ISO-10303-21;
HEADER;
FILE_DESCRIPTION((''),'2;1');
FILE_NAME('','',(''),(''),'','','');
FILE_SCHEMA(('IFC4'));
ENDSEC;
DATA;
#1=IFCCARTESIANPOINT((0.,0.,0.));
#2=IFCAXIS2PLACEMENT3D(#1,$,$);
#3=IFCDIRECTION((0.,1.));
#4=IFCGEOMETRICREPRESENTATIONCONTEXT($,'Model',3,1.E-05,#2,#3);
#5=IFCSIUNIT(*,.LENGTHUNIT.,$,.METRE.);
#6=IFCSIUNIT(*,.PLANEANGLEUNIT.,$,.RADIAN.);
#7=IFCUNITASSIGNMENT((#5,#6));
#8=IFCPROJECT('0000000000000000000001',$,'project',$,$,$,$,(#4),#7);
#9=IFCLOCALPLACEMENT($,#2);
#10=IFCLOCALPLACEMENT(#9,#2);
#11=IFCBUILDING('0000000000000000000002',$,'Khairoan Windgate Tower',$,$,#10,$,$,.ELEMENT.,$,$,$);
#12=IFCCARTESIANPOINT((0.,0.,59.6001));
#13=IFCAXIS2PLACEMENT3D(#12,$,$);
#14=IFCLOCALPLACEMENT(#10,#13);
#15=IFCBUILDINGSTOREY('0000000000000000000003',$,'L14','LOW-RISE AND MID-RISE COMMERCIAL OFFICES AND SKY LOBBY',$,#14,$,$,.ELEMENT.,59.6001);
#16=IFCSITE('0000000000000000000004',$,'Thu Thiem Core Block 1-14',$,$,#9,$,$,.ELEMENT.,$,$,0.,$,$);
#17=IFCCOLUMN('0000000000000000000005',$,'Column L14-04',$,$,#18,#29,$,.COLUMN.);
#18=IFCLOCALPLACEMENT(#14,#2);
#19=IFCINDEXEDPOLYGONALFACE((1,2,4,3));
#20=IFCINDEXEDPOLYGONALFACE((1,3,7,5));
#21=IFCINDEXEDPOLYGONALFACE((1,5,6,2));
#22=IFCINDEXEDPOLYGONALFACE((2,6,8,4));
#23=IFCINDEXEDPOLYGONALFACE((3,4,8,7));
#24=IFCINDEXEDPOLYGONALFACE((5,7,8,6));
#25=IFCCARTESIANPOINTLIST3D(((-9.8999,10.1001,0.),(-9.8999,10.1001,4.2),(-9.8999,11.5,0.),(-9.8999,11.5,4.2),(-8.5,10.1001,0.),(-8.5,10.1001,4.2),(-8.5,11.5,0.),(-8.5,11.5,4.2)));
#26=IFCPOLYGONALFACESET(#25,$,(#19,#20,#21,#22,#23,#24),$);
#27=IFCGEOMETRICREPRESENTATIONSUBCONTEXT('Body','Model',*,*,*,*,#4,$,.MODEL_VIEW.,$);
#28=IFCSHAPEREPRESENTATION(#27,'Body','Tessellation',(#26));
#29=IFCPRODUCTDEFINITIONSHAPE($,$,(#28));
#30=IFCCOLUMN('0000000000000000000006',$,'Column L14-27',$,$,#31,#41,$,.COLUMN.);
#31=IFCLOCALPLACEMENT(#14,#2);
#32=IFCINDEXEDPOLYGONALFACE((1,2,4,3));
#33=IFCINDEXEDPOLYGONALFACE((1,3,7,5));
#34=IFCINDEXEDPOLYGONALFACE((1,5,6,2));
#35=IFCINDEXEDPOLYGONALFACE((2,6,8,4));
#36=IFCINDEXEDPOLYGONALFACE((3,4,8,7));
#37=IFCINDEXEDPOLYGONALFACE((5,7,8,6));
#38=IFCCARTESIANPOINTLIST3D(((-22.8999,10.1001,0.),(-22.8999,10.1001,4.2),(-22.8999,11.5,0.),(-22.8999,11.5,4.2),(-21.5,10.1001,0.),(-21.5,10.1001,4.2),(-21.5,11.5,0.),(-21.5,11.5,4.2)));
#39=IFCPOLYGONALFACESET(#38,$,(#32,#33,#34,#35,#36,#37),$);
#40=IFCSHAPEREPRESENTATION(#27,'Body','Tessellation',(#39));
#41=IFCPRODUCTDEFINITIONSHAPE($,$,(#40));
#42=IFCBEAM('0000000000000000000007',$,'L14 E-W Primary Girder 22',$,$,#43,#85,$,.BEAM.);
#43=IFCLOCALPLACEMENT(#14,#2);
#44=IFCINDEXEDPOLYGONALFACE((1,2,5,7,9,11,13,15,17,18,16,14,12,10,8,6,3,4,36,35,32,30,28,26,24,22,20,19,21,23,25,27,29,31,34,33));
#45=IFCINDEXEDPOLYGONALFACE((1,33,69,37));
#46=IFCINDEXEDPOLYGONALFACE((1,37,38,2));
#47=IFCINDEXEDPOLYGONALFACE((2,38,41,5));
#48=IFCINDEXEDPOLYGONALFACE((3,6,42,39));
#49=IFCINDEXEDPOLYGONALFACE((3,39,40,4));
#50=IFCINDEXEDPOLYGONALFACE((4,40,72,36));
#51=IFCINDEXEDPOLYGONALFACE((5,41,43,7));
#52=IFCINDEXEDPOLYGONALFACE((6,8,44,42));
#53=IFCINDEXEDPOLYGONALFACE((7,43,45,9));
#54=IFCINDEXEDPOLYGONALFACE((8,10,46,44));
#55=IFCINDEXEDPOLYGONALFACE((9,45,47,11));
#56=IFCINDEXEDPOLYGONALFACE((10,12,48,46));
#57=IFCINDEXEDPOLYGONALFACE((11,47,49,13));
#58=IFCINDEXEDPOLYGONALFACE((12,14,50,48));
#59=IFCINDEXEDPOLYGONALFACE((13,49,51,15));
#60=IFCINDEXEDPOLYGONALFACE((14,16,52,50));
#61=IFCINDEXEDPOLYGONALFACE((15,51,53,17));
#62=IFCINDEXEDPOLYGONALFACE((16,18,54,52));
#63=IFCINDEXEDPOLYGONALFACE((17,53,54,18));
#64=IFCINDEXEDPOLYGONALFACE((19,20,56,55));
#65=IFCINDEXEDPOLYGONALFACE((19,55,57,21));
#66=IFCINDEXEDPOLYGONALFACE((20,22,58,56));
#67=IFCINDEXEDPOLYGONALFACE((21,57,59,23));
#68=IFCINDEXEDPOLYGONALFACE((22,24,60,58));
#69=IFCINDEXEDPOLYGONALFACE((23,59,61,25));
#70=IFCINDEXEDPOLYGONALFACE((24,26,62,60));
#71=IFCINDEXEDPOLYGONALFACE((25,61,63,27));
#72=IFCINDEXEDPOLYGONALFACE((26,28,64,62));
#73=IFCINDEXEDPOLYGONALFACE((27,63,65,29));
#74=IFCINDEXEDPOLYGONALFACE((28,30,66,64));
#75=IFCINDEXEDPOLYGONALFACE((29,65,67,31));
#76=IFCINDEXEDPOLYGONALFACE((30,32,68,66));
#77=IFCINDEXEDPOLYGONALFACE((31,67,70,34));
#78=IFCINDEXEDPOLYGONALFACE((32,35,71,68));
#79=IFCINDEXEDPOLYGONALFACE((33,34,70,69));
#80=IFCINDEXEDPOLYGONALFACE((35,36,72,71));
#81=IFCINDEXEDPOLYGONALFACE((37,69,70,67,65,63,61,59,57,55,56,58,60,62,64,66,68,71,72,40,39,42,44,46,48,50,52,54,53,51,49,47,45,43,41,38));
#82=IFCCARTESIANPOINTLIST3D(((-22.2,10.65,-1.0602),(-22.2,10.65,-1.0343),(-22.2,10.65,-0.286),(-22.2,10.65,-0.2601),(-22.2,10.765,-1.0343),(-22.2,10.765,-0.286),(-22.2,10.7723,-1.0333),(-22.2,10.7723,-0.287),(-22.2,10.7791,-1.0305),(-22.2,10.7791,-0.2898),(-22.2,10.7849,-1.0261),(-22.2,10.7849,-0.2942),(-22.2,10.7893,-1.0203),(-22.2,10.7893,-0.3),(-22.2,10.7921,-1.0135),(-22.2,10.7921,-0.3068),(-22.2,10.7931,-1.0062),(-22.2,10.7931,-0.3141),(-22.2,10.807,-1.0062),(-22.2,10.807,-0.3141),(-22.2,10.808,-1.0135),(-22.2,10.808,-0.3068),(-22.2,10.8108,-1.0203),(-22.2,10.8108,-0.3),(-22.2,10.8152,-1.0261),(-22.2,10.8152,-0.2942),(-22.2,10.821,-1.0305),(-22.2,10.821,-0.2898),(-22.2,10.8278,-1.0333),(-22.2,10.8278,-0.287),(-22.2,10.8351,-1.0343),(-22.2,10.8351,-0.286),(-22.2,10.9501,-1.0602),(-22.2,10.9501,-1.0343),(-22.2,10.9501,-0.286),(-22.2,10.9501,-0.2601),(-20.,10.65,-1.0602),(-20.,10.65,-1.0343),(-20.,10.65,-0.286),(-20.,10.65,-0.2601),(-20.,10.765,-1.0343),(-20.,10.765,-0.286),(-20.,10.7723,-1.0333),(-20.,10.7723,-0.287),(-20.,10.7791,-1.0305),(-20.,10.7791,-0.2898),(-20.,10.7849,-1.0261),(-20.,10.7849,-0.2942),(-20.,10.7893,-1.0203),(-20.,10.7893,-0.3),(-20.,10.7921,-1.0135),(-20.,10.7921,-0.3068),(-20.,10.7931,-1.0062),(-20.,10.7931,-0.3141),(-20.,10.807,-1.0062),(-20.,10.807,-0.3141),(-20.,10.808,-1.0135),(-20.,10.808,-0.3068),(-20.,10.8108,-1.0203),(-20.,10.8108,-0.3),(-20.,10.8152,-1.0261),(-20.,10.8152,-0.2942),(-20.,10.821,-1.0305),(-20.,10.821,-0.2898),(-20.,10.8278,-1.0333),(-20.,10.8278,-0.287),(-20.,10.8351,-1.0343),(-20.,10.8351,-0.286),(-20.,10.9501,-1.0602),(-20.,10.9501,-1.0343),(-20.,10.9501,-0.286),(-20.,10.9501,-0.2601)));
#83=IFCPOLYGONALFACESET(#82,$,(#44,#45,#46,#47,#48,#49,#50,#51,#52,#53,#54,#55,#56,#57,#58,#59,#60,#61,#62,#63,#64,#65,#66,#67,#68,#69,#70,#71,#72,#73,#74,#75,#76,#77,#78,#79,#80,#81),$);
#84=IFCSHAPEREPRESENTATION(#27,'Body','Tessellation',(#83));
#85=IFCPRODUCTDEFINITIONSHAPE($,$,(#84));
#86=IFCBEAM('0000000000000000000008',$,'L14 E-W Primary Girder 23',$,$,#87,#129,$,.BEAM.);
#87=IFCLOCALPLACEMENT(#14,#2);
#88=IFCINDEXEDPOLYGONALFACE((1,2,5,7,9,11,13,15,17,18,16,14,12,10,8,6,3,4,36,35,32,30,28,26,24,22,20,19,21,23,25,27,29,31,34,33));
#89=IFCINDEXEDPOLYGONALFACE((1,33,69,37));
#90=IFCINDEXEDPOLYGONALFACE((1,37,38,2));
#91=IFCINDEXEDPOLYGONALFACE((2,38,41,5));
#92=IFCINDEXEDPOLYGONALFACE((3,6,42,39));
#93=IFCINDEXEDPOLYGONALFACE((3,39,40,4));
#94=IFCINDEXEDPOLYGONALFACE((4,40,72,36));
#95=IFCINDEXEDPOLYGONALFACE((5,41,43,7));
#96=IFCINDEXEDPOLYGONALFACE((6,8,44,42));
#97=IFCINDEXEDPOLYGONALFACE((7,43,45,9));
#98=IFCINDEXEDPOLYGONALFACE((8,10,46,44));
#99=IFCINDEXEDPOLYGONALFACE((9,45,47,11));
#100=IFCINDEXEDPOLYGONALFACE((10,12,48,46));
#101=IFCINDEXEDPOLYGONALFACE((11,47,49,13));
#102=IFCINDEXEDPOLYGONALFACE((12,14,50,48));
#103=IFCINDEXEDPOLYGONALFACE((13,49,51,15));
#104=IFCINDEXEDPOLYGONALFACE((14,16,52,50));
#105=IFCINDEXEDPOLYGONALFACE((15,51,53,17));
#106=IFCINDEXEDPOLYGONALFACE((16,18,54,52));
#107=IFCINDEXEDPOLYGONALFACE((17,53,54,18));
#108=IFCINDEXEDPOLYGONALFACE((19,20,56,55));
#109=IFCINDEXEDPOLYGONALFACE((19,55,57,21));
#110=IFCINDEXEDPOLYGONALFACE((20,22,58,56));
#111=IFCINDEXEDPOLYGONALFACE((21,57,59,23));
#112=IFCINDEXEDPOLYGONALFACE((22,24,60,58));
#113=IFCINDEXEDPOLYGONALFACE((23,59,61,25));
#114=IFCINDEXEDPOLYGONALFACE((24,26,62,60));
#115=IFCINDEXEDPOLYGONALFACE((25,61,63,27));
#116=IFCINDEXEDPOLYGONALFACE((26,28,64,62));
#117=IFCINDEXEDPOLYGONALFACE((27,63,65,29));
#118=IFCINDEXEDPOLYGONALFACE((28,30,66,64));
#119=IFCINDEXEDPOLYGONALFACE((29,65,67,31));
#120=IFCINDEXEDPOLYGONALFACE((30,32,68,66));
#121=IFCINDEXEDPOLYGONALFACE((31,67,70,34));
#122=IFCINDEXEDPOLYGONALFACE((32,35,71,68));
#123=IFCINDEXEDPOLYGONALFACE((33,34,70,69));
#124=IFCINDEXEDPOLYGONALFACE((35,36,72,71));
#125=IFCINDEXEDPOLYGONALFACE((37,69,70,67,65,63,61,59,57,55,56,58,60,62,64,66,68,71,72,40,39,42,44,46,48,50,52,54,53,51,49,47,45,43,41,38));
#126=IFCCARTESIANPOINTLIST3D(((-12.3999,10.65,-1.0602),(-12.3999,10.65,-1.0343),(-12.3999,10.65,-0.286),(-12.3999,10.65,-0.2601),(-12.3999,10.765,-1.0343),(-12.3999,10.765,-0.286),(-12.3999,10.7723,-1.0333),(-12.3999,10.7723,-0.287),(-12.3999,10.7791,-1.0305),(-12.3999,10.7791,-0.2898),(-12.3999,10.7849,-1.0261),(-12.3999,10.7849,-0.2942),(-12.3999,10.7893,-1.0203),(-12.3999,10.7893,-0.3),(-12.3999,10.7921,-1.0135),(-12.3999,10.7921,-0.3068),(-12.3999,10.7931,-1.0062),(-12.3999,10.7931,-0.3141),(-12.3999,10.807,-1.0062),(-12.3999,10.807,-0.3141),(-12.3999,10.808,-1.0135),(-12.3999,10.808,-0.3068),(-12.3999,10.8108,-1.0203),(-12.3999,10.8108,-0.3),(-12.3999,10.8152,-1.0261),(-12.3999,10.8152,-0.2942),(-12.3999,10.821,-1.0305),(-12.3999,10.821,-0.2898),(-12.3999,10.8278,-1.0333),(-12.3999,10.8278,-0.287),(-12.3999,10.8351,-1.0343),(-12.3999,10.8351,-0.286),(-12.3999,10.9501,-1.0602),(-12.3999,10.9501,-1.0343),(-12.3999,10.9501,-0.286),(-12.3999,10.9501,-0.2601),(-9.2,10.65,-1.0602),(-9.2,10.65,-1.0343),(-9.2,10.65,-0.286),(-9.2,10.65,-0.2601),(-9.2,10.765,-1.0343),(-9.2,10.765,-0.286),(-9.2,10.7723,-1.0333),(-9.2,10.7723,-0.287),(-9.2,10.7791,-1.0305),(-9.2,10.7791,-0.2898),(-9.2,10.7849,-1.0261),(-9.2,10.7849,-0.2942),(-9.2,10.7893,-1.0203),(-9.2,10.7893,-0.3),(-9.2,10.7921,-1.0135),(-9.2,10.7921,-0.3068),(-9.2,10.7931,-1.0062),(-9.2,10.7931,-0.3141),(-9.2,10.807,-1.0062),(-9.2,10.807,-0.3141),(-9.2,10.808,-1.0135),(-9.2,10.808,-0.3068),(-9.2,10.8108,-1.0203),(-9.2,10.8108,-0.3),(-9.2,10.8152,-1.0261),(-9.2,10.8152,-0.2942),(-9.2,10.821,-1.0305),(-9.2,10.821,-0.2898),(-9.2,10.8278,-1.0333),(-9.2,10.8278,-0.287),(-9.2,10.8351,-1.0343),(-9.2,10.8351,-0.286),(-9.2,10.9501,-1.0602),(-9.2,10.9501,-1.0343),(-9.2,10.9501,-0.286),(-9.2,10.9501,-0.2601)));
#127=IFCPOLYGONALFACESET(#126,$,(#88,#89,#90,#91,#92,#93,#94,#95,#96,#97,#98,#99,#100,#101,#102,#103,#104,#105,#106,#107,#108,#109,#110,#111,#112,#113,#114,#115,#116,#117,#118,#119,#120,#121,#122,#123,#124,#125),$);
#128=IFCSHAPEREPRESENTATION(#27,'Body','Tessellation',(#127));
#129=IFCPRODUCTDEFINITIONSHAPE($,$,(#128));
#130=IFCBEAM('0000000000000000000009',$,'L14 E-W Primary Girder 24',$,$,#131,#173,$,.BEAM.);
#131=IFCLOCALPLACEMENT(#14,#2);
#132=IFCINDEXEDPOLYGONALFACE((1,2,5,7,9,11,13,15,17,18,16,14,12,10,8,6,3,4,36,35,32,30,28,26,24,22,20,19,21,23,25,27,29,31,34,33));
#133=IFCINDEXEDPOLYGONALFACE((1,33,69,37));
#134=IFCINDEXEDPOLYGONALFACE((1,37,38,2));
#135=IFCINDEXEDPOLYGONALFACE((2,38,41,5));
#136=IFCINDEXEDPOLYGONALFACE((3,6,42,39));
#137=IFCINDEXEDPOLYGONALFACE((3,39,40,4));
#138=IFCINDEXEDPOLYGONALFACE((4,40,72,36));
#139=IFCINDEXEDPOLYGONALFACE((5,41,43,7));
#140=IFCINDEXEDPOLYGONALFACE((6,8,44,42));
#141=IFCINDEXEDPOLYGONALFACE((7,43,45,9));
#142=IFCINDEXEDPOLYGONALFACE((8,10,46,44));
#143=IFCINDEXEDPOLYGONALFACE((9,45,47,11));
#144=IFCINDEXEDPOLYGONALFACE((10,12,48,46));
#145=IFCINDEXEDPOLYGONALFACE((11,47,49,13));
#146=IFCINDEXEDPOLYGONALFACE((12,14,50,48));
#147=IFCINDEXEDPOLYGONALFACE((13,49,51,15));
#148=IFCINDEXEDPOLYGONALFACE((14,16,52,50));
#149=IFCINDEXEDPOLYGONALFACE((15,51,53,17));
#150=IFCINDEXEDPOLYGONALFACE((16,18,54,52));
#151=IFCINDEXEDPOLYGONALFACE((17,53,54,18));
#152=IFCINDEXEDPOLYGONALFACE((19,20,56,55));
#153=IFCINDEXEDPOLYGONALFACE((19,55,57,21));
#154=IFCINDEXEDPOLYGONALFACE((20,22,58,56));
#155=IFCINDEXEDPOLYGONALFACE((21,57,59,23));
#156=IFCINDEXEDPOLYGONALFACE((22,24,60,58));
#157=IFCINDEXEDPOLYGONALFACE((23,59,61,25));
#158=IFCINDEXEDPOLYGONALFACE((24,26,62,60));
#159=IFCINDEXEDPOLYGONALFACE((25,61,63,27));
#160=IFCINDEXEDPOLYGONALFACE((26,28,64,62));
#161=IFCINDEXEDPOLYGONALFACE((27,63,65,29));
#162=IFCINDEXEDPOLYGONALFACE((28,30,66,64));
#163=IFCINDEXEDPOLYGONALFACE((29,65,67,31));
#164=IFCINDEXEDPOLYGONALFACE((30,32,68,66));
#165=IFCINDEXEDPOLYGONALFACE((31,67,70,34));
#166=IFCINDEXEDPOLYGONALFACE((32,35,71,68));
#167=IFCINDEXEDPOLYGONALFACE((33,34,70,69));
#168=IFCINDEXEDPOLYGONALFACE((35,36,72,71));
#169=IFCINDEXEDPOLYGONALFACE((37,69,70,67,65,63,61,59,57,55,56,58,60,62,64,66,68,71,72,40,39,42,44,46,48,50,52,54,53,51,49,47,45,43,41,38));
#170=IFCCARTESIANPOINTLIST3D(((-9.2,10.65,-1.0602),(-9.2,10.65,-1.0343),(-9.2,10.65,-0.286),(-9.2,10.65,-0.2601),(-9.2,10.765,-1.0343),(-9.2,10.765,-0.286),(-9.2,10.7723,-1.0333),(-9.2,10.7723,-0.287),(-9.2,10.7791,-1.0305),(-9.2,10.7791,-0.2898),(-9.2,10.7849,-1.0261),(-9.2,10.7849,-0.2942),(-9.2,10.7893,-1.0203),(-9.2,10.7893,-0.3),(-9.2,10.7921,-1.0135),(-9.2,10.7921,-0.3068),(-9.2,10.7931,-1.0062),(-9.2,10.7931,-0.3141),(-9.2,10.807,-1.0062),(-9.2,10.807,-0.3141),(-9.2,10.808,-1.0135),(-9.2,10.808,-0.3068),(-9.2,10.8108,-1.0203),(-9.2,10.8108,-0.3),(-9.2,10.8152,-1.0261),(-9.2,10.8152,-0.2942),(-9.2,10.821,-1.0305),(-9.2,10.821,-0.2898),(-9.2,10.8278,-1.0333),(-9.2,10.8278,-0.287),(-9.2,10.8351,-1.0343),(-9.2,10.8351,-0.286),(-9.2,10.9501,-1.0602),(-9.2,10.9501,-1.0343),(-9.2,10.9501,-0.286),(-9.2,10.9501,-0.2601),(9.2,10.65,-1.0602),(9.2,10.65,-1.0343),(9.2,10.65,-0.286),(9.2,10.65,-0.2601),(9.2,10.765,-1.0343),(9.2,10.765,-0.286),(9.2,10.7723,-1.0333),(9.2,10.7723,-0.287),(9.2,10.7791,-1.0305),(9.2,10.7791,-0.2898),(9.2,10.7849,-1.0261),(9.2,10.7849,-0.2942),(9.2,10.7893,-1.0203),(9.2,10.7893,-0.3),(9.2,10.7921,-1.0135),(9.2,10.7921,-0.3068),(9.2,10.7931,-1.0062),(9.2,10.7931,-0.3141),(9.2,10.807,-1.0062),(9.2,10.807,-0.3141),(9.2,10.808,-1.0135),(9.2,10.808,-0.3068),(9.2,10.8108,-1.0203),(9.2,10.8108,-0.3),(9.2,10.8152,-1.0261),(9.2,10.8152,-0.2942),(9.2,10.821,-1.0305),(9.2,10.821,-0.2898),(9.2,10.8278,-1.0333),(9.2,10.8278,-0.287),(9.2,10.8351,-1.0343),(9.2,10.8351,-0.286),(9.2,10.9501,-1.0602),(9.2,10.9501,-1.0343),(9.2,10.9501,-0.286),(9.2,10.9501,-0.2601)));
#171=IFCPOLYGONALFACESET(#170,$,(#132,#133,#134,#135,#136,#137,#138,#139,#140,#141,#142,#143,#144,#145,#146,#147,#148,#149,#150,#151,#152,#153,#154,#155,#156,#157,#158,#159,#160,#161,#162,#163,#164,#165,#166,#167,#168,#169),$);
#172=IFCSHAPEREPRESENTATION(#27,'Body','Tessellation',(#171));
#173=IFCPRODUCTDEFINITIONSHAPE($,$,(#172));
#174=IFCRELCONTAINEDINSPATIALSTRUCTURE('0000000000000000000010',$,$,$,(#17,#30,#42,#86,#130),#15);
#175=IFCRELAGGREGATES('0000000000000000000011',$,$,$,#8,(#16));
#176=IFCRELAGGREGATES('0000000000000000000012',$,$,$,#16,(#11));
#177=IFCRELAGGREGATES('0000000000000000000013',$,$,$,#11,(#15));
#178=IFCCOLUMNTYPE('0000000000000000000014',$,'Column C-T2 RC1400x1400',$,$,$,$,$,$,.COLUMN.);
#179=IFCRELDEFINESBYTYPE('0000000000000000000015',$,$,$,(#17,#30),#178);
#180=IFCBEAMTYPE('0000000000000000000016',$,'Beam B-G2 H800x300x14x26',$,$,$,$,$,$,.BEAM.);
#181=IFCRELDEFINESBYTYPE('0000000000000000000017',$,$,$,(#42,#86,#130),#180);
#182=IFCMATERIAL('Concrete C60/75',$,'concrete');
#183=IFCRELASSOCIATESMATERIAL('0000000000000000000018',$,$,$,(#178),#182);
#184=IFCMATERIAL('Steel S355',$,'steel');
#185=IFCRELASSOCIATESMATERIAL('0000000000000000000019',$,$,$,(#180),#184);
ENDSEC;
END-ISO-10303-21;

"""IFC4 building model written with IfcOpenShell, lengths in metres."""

from ifc_helpers import new_model, si_unit, direction, frame, origin, origin_2d, place, context, subcontext, project, spatial, rectangle, i_section, extrude, material, material_profile, profile_set, type_object, element, save


model = new_model("IFC4")

# Units and contexts
model_context = context("Model", 3, precision=1e-05, world=origin(), true_north=direction((0.0, 1.0)))
body_context = subcontext(model_context, "Body", "Model", "MODEL_VIEW")
ifc_project = project(units=[si_unit("LENGTHUNIT", "METRE"), si_unit("PLANEANGLEUNIT", "RADIAN")], contexts=[model_context])

# Site, building, storey
site_placement = place(None, origin())
site = spatial("IfcSite", under=ifc_project, at=site_placement, Name="Thu Thiem Core Block 1-14", CompositionType="ELEMENT", RefElevation=0.0)
building_placement = place(site_placement, origin())
building = spatial("IfcBuilding", under=site, at=building_placement, Name="Khairoan Windgate Tower", CompositionType="ELEMENT")
storey_placement = place(building_placement, frame((0.0, 0.0, 59.6001)))
storey = spatial("IfcBuildingStorey", under=building, at=storey_placement, Name="L14", Description="LOW-RISE AND MID-RISE COMMERCIAL OFFICES AND SKY LOBBY", CompositionType="ELEMENT", Elevation=59.6001)

# Columns
ifc_material_1 = material(Name="Concrete C60/75", Category="concrete")
ifc_material_profile_1 = material_profile(ifc_material_1, rectangle(XDim=1.3999, YDim=1.3999, at=origin_2d()))
ifc_profile_set_1 = profile_set([ifc_material_profile_1], Name="Concrete C60/75")
column_type = type_object("IfcColumnType", Name="Column C-T2 RC1400x1400", PredefinedType="COLUMN", material=ifc_profile_set_1)
for number, where, z_axis, x_axis, name in (
    (1, (-9.2, 10.8, 0.0), (0.0, 0.0, 1.0), (1.0, 0.0, 0.0), "Column L14-04"),
    (2, (-22.2, 10.8, 0.0), (0.0, 0.0, 1.0), (1.0, 0.0, 0.0), "Column L14-27"),
):
    element("IfcColumn", number, at=place(storey_placement, frame(where, z_axis=z_axis, x_axis=x_axis)), inside=storey, type_object=column_type, Name=name, PredefinedType="COLUMN", context=body_context, shape_type="SweptSolid", body=[
        extrude(rectangle(XDim=1.3999, YDim=1.3999, at=origin_2d()), origin(), (0.0, 0.0, 1.0), 4.2),
    ])

# Beams
ifc_material_2 = material(Name="Steel S355", Category="steel")
ifc_material_profile_2 = material_profile(ifc_material_2, i_section(OverallWidth=0.3, OverallDepth=0.8, WebThickness=0.0139, FlangeThickness=0.0259, FilletRadius=0.0281, at=origin_2d()))
ifc_profile_set_2 = profile_set([ifc_material_profile_2], Name="Steel S355")
beam_type = type_object("IfcBeamType", Name="Beam B-G2 H800x300x14x26", PredefinedType="BEAM", material=ifc_profile_set_2)
beam_1_placement = place(storey_placement, frame((-22.2, 10.8, -0.6602), z_axis=(1.0, 0.0, 0.0), x_axis=(0.0, 1.0, 0.0)))
element("IfcBeam", 3, at=beam_1_placement, inside=storey, type_object=beam_type, Name="L14 E-W Primary Girder 22", PredefinedType="BEAM", context=body_context, shape_type="SweptSolid", body=[
    extrude(i_section(OverallWidth=0.3, OverallDepth=0.8, WebThickness=0.0139, FlangeThickness=0.0259, FilletRadius=0.0281, at=origin_2d()), origin(), (0.0, 0.0, 1.0), 2.2),
])
beam_2_placement = place(storey_placement, frame((-12.3999, 10.8, -0.6602), z_axis=(1.0, 0.0, 0.0), x_axis=(0.0, 1.0, 0.0)))
element("IfcBeam", 4, at=beam_2_placement, inside=storey, type_object=beam_type, Name="L14 E-W Primary Girder 23", PredefinedType="BEAM", context=body_context, shape_type="SweptSolid", body=[
    extrude(i_section(OverallWidth=0.3, OverallDepth=0.8, WebThickness=0.0139, FlangeThickness=0.0259, FilletRadius=0.0281, at=origin_2d()), origin(), (0.0, 0.0, 1.0), 3.2),
])
beam_3_placement = place(storey_placement, frame((-9.2, 10.8, -0.6602), z_axis=(1.0, 0.0, 0.0), x_axis=(0.0, 1.0, 0.0)))
element("IfcBeam", 5, at=beam_3_placement, inside=storey, type_object=beam_type, Name="L14 E-W Primary Girder 24", PredefinedType="BEAM", context=body_context, shape_type="SweptSolid", body=[
    extrude(i_section(OverallWidth=0.3, OverallDepth=0.8, WebThickness=0.0139, FlangeThickness=0.0259, FilletRadius=0.0281, at=origin_2d()), origin(), (0.0, 0.0, 1.0), 18.3999),
])

save(model, "model.ifc")
